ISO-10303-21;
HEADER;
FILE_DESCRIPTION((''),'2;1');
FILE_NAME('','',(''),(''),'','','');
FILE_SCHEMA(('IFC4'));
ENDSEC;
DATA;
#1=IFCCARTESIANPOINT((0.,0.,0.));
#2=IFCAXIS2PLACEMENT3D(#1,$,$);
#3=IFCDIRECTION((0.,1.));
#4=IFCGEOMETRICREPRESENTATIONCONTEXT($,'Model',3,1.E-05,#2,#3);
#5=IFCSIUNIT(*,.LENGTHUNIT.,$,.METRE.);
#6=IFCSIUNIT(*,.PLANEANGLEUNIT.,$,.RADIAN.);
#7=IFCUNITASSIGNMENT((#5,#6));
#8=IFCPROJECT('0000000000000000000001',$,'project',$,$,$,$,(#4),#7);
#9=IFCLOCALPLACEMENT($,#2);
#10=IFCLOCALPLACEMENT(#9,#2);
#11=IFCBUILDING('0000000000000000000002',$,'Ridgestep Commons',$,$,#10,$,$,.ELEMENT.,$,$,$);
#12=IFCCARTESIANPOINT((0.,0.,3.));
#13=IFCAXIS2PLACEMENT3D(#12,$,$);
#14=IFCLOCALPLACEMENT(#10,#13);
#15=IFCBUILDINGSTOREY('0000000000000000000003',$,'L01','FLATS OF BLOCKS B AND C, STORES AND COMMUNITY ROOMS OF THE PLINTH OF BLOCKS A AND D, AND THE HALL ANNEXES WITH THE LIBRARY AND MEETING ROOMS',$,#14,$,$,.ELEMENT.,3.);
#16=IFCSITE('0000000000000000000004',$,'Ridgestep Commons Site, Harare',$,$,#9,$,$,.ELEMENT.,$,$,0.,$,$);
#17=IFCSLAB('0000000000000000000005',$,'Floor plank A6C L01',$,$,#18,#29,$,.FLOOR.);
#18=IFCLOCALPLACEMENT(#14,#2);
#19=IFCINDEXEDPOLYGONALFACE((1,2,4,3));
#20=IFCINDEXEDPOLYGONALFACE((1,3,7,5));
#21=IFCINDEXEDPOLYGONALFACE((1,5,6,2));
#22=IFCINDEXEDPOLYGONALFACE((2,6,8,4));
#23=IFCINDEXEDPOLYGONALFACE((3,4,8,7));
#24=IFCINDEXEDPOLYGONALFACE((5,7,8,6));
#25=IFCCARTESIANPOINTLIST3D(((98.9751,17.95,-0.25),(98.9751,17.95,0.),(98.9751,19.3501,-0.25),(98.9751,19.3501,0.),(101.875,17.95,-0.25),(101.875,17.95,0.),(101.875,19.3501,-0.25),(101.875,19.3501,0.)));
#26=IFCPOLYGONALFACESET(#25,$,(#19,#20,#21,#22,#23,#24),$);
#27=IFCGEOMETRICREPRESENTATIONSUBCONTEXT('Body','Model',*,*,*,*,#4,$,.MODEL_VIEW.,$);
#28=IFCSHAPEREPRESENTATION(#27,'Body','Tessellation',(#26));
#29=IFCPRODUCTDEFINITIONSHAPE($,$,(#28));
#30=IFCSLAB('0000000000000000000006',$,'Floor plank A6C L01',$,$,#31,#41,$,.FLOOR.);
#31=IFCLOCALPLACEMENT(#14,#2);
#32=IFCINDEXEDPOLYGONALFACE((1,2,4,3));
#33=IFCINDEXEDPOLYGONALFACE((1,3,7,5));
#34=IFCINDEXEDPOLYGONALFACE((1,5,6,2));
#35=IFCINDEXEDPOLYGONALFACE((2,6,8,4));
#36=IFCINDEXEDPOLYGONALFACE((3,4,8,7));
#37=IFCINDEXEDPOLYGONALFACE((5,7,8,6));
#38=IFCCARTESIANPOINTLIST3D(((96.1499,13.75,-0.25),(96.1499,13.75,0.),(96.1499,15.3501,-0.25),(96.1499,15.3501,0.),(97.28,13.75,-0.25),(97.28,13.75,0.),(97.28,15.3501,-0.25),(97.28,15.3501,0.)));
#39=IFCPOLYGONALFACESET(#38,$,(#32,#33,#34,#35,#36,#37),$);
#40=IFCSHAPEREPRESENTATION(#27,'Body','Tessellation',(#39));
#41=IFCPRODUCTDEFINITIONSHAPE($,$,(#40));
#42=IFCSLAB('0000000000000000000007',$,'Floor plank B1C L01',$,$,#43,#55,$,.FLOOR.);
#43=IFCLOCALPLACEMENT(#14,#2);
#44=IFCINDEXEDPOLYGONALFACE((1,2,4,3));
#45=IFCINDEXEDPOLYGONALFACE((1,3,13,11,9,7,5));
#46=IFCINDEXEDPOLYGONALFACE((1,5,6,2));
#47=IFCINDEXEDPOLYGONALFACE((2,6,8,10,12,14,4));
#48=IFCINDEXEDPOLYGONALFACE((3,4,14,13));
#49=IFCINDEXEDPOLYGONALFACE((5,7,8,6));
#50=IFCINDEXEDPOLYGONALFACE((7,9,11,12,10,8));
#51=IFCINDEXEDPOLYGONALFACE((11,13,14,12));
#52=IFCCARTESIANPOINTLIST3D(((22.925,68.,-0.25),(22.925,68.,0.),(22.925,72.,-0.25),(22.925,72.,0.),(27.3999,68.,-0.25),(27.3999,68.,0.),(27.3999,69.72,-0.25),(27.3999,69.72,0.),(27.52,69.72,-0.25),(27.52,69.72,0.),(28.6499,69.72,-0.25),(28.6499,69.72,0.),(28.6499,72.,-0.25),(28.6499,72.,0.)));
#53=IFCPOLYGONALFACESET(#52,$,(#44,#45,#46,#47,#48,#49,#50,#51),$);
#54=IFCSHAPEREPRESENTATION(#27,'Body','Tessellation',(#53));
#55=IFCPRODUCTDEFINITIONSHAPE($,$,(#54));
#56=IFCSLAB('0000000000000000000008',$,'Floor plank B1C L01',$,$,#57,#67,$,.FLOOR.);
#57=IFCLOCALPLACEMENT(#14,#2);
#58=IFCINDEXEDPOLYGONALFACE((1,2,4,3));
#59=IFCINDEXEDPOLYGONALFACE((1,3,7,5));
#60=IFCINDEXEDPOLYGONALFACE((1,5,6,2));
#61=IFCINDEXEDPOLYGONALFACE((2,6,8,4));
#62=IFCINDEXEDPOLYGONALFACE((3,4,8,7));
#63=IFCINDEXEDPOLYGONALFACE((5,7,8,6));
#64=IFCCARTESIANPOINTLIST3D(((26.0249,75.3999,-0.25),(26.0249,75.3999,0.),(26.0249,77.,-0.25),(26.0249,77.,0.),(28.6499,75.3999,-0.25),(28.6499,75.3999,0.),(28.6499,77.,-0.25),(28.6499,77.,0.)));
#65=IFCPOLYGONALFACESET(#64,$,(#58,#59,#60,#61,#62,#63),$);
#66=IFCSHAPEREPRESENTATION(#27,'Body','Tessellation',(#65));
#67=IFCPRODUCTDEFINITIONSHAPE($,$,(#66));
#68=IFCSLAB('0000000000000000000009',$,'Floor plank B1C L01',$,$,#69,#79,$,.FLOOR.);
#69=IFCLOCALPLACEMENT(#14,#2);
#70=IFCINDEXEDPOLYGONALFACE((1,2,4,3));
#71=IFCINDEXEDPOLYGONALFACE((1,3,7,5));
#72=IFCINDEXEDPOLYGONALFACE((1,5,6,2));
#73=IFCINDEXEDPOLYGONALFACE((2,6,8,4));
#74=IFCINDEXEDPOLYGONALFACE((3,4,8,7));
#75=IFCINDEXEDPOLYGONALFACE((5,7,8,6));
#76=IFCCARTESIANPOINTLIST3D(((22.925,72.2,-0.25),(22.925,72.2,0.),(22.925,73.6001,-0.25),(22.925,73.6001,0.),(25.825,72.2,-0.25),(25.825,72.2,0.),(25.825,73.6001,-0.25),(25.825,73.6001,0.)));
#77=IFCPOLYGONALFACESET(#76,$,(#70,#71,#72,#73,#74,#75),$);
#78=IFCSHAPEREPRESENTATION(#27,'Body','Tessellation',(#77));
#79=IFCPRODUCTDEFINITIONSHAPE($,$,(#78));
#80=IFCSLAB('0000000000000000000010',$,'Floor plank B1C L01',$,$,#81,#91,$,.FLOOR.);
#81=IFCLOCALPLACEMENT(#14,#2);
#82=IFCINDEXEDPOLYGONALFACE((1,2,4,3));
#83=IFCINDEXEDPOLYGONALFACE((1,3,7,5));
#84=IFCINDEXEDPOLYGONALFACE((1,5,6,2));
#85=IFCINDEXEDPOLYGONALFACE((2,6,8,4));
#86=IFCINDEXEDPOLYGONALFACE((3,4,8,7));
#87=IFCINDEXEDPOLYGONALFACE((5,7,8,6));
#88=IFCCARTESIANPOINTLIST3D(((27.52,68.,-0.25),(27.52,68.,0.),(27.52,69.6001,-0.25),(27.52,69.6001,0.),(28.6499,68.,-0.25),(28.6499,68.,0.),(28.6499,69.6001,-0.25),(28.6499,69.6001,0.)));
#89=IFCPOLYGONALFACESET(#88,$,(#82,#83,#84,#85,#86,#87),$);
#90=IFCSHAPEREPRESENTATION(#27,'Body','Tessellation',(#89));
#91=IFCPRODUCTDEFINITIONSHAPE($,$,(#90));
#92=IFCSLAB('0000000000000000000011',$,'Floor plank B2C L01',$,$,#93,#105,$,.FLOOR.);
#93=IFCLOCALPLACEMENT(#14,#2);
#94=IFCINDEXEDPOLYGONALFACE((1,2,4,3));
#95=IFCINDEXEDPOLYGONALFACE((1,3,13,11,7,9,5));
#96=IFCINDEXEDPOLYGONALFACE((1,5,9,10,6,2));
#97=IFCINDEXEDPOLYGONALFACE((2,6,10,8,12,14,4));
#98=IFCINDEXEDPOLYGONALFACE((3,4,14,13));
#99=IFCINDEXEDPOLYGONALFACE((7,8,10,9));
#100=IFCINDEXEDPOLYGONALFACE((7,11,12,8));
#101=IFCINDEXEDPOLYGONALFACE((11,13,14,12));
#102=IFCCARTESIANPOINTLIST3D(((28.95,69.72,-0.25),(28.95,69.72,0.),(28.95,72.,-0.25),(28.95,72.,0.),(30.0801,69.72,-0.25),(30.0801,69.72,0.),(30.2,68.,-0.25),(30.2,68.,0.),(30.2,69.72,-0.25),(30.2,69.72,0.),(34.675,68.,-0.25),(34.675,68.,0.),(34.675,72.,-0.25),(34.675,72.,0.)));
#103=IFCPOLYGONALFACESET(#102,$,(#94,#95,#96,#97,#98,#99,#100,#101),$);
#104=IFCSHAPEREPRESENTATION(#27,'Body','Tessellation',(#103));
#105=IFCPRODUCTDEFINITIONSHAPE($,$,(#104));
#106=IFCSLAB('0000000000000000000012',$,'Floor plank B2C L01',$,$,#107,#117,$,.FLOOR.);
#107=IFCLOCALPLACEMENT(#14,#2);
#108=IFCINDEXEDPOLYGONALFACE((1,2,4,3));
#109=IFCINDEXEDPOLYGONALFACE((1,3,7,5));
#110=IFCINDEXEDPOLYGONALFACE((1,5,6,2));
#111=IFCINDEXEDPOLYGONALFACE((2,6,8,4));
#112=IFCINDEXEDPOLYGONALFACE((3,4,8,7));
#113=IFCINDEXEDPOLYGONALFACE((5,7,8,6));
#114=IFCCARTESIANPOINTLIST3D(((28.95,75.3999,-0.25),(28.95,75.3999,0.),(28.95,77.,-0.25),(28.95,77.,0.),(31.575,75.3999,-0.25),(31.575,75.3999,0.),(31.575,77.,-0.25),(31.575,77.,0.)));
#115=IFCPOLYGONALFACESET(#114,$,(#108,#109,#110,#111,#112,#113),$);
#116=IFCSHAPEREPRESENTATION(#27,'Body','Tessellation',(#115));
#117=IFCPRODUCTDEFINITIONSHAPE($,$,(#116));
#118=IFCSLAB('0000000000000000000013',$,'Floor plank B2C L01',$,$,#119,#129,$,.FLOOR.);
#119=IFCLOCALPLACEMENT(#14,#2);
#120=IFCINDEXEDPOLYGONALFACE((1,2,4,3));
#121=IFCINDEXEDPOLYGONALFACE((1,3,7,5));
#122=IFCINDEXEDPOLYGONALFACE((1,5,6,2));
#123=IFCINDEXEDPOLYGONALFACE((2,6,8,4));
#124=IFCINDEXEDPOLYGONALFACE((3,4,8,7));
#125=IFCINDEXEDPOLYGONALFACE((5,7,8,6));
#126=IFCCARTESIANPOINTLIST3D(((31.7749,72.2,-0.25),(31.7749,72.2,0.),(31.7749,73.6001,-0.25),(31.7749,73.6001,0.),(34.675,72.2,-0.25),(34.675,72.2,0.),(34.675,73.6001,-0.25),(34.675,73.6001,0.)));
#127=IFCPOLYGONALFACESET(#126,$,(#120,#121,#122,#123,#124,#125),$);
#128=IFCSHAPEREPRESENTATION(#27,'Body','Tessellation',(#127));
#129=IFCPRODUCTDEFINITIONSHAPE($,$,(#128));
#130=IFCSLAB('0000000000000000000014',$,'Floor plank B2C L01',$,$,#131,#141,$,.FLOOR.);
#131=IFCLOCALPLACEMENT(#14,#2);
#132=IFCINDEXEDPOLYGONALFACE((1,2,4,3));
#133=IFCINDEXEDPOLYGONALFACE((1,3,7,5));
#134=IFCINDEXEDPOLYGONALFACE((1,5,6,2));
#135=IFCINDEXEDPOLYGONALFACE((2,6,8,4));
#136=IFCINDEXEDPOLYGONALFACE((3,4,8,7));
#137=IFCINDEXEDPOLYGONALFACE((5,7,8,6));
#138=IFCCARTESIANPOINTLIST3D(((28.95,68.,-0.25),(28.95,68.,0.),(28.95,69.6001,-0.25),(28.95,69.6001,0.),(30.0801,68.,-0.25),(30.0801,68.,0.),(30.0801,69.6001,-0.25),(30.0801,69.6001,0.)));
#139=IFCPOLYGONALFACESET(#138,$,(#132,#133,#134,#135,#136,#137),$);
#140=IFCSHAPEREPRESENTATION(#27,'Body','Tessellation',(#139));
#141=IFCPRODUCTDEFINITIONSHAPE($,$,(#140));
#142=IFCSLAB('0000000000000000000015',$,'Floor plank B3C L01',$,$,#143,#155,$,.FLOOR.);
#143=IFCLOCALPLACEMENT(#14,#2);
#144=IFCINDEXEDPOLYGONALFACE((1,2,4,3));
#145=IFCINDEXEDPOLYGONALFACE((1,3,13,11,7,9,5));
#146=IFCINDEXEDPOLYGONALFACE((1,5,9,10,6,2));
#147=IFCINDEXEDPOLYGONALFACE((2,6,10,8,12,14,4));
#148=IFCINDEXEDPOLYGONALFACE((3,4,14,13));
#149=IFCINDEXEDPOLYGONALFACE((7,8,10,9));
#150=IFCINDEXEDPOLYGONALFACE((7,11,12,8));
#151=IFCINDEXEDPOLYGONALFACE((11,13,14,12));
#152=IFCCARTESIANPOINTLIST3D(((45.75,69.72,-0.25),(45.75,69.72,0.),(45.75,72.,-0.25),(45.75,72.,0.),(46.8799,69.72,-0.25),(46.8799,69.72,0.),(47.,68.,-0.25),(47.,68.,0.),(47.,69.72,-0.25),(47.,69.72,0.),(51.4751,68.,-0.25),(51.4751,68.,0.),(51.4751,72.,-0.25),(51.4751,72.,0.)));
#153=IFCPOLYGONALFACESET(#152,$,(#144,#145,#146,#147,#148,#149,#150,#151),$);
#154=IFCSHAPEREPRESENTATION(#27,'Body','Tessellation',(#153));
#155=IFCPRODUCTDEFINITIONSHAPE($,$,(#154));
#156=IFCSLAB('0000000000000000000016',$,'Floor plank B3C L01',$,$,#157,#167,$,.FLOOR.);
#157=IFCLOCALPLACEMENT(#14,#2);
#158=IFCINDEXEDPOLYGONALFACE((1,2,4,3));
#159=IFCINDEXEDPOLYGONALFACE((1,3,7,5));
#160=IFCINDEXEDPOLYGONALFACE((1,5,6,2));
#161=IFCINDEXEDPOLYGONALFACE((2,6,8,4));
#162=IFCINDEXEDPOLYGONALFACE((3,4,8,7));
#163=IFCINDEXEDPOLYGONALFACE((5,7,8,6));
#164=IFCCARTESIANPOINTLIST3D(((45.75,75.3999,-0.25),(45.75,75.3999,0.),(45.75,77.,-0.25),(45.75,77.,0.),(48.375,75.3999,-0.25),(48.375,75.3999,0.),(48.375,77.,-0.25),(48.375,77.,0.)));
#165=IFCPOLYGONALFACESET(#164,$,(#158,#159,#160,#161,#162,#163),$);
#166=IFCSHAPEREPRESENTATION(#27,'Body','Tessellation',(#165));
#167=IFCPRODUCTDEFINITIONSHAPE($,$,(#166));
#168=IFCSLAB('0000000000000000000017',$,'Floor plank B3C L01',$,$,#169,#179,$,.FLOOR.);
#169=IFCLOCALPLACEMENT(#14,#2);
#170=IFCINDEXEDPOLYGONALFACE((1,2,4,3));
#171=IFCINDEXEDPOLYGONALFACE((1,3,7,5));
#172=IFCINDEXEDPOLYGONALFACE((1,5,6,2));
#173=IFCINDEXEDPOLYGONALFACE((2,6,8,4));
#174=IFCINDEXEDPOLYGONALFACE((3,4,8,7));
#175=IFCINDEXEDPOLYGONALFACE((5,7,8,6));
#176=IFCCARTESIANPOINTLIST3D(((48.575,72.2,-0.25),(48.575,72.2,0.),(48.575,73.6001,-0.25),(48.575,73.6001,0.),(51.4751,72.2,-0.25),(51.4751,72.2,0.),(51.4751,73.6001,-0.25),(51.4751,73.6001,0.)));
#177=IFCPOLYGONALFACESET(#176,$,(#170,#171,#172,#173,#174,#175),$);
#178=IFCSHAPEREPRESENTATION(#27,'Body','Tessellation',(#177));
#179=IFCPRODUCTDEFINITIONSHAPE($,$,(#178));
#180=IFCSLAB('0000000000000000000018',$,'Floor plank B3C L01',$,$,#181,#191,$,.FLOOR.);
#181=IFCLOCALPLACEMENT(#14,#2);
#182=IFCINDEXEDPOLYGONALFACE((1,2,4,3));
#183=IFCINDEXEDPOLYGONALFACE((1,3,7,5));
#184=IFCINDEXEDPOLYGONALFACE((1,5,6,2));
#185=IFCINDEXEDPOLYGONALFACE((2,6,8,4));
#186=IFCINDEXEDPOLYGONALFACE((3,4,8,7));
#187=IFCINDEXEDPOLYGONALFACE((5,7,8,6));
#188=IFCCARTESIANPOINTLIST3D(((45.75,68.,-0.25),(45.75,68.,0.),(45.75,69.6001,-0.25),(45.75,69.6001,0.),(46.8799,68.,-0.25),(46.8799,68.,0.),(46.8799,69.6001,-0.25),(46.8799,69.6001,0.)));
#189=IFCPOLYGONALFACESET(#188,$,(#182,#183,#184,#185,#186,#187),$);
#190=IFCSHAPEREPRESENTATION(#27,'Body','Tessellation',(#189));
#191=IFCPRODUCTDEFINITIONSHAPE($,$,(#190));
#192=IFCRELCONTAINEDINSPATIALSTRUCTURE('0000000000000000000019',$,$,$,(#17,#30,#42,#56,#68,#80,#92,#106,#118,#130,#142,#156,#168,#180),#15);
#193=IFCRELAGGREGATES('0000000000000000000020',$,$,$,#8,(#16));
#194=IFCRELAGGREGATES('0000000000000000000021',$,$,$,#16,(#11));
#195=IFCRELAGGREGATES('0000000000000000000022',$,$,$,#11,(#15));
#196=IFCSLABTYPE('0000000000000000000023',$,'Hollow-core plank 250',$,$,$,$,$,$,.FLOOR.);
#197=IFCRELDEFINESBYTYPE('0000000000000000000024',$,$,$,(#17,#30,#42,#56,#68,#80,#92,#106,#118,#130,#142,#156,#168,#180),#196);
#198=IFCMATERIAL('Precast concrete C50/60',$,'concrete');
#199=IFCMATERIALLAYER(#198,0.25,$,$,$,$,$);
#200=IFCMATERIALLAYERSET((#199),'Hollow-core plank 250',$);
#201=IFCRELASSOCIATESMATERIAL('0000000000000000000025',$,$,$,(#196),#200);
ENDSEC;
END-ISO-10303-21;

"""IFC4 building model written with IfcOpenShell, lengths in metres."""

from ifc_helpers import new_model, si_unit, direction, frame, origin, place, context, subcontext, project, spatial, polyline, outline, extrude, material, layer, layer_set, type_object, element, save


model = new_model("IFC4")

# Units and contexts
model_context = context("Model", 3, precision=1e-05, world=origin(), true_north=direction((0.0, 1.0)))
body_context = subcontext(model_context, "Body", "Model", "MODEL_VIEW")
ifc_project = project(units=[si_unit("LENGTHUNIT", "METRE"), si_unit("PLANEANGLEUNIT", "RADIAN")], contexts=[model_context])

# Site, building, storey
site_placement = place(None, origin())
site = spatial("IfcSite", under=ifc_project, at=site_placement, Name="Ridgestep Commons Site, Harare", CompositionType="ELEMENT", RefElevation=0.0)
building_placement = place(site_placement, origin())
building = spatial("IfcBuilding", under=site, at=building_placement, Name="Ridgestep Commons", CompositionType="ELEMENT")
storey_placement = place(building_placement, frame((0.0, 0.0, 3.0)))
storey = spatial("IfcBuildingStorey", under=building, at=storey_placement, Name="L01", Description="FLATS OF BLOCKS B AND C, STORES AND COMMUNITY ROOMS OF THE PLINTH OF BLOCKS A AND D, AND THE HALL ANNEXES WITH THE LIBRARY AND MEETING ROOMS", CompositionType="ELEMENT", Elevation=3.0)

# Slabs
ifc_material = material(Name="Precast concrete C50/60", Category="concrete")
ifc_layer = layer(ifc_material, 0.25)
ifc_layer_set = layer_set([ifc_layer], Name="Hollow-core plank 250")
slab_type = type_object("IfcSlabType", Name="Hollow-core plank 250", PredefinedType="FLOOR", material=ifc_layer_set)
slab_1_placement = place(storey_placement, frame((0.0, 0.0, -0.25)))
element("IfcSlab", 1, at=slab_1_placement, inside=storey, type_object=slab_type, Name="Floor plank A6C L01", PredefinedType="FLOOR", context=body_context, shape_type="SweptSolid", body=[
    extrude(outline(polyline([(101.875, 17.95), (101.875, 19.3501), (98.9751, 19.3501), (98.9751, 17.95), (101.875, 17.95)])), origin(), (0.0, 0.0, 1.0), 0.25),
])
slab_2_placement = place(storey_placement, frame((0.0, 0.0, -0.25)))
element("IfcSlab", 2, at=slab_2_placement, inside=storey, type_object=slab_type, Name="Floor plank A6C L01", PredefinedType="FLOOR", context=body_context, shape_type="SweptSolid", body=[
    extrude(outline(polyline([(97.28, 15.3501), (96.1499, 15.3501), (96.1499, 13.75), (97.28, 13.75), (97.28, 15.3501)])), origin(), (0.0, 0.0, 1.0), 0.25),
])
slab_3_placement = place(storey_placement, frame((0.0, 0.0, -0.25)))
element("IfcSlab", 3, at=slab_3_placement, inside=storey, type_object=slab_type, Name="Floor plank B1C L01", PredefinedType="FLOOR", context=body_context, shape_type="SweptSolid", body=[
    extrude(outline(polyline([(27.52, 69.72), (28.6499, 69.72), (28.6499, 72.0), (22.925, 72.0), (22.925, 68.0), (27.3999, 68.0), (27.3999, 69.72), (27.52, 69.72)])), origin(), (0.0, 0.0, 1.0), 0.25),
])
slab_4_placement = place(storey_placement, frame((0.0, 0.0, -0.25)))
element("IfcSlab", 4, at=slab_4_placement, inside=storey, type_object=slab_type, Name="Floor plank B1C L01", PredefinedType="FLOOR", context=body_context, shape_type="SweptSolid", body=[
    extrude(outline(polyline([(28.6499, 75.3999), (28.6499, 77.0), (26.0249, 77.0), (26.0249, 75.3999), (28.6499, 75.3999)])), origin(), (0.0, 0.0, 1.0), 0.25),
])
slab_5_placement = place(storey_placement, frame((0.0, 0.0, -0.25)))
element("IfcSlab", 5, at=slab_5_placement, inside=storey, type_object=slab_type, Name="Floor plank B1C L01", PredefinedType="FLOOR", context=body_context, shape_type="SweptSolid", body=[
    extrude(outline(polyline([(25.825, 72.2), (25.825, 73.6001), (22.925, 73.6001), (22.925, 72.2), (25.825, 72.2)])), origin(), (0.0, 0.0, 1.0), 0.25),
])
slab_6_placement = place(storey_placement, frame((0.0, 0.0, -0.25)))
element("IfcSlab", 6, at=slab_6_placement, inside=storey, type_object=slab_type, Name="Floor plank B1C L01", PredefinedType="FLOOR", context=body_context, shape_type="SweptSolid", body=[
    extrude(outline(polyline([(27.52, 68.0), (28.6499, 68.0), (28.6499, 69.6001), (27.52, 69.6001), (27.52, 68.0)])), origin(), (0.0, 0.0, 1.0), 0.25),
])
slab_7_placement = place(storey_placement, frame((0.0, 0.0, -0.25)))
element("IfcSlab", 7, at=slab_7_placement, inside=storey, type_object=slab_type, Name="Floor plank B2C L01", PredefinedType="FLOOR", context=body_context, shape_type="SweptSolid", body=[
    extrude(outline(polyline([(30.2, 68.0), (34.675, 68.0), (34.675, 72.0), (28.95, 72.0), (28.95, 69.72), (30.0801, 69.72), (30.2, 69.72), (30.2, 68.0)])), origin(), (0.0, 0.0, 1.0), 0.25),
])
slab_8_placement = place(storey_placement, frame((0.0, 0.0, -0.25)))
element("IfcSlab", 8, at=slab_8_placement, inside=storey, type_object=slab_type, Name="Floor plank B2C L01", PredefinedType="FLOOR", context=body_context, shape_type="SweptSolid", body=[
    extrude(outline(polyline([(31.575, 77.0), (28.95, 77.0), (28.95, 75.3999), (31.575, 75.3999), (31.575, 77.0)])), origin(), (0.0, 0.0, 1.0), 0.25),
])
slab_9_placement = place(storey_placement, frame((0.0, 0.0, -0.25)))
element("IfcSlab", 9, at=slab_9_placement, inside=storey, type_object=slab_type, Name="Floor plank B2C L01", PredefinedType="FLOOR", context=body_context, shape_type="SweptSolid", body=[
    extrude(outline(polyline([(34.675, 72.2), (34.675, 73.6001), (31.7749, 73.6001), (31.7749, 72.2), (34.675, 72.2)])), origin(), (0.0, 0.0, 1.0), 0.25),
])
slab_10_placement = place(storey_placement, frame((0.0, 0.0, -0.25)))
element("IfcSlab", 10, at=slab_10_placement, inside=storey, type_object=slab_type, Name="Floor plank B2C L01", PredefinedType="FLOOR", context=body_context, shape_type="SweptSolid", body=[
    extrude(outline(polyline([(30.0801, 69.6001), (28.95, 69.6001), (28.95, 68.0), (30.0801, 68.0), (30.0801, 69.6001)])), origin(), (0.0, 0.0, 1.0), 0.25),
])
slab_11_placement = place(storey_placement, frame((0.0, 0.0, -0.25)))
element("IfcSlab", 11, at=slab_11_placement, inside=storey, type_object=slab_type, Name="Floor plank B3C L01", PredefinedType="FLOOR", context=body_context, shape_type="SweptSolid", body=[
    extrude(outline(polyline([(47.0, 68.0), (51.4751, 68.0), (51.4751, 72.0), (45.75, 72.0), (45.75, 69.72), (46.8799, 69.72), (47.0, 69.72), (47.0, 68.0)])), origin(), (0.0, 0.0, 1.0), 0.25),
])
slab_12_placement = place(storey_placement, frame((0.0, 0.0, -0.25)))
element("IfcSlab", 12, at=slab_12_placement, inside=storey, type_object=slab_type, Name="Floor plank B3C L01", PredefinedType="FLOOR", context=body_context, shape_type="SweptSolid", body=[
    extrude(outline(polyline([(48.375, 77.0), (45.75, 77.0), (45.75, 75.3999), (48.375, 75.3999), (48.375, 77.0)])), origin(), (0.0, 0.0, 1.0), 0.25),
])
slab_13_placement = place(storey_placement, frame((0.0, 0.0, -0.25)))
element("IfcSlab", 13, at=slab_13_placement, inside=storey, type_object=slab_type, Name="Floor plank B3C L01", PredefinedType="FLOOR", context=body_context, shape_type="SweptSolid", body=[
    extrude(outline(polyline([(51.4751, 72.2), (51.4751, 73.6001), (48.575, 73.6001), (48.575, 72.2), (51.4751, 72.2)])), origin(), (0.0, 0.0, 1.0), 0.25),
])
slab_14_placement = place(storey_placement, frame((0.0, 0.0, -0.25)))
element("IfcSlab", 14, at=slab_14_placement, inside=storey, type_object=slab_type, Name="Floor plank B3C L01", PredefinedType="FLOOR", context=body_context, shape_type="SweptSolid", body=[
    extrude(outline(polyline([(46.8799, 69.6001), (45.75, 69.6001), (45.75, 68.0), (46.8799, 68.0), (46.8799, 69.6001)])), origin(), (0.0, 0.0, 1.0), 0.25),
])

save(model, "model.ifc")
